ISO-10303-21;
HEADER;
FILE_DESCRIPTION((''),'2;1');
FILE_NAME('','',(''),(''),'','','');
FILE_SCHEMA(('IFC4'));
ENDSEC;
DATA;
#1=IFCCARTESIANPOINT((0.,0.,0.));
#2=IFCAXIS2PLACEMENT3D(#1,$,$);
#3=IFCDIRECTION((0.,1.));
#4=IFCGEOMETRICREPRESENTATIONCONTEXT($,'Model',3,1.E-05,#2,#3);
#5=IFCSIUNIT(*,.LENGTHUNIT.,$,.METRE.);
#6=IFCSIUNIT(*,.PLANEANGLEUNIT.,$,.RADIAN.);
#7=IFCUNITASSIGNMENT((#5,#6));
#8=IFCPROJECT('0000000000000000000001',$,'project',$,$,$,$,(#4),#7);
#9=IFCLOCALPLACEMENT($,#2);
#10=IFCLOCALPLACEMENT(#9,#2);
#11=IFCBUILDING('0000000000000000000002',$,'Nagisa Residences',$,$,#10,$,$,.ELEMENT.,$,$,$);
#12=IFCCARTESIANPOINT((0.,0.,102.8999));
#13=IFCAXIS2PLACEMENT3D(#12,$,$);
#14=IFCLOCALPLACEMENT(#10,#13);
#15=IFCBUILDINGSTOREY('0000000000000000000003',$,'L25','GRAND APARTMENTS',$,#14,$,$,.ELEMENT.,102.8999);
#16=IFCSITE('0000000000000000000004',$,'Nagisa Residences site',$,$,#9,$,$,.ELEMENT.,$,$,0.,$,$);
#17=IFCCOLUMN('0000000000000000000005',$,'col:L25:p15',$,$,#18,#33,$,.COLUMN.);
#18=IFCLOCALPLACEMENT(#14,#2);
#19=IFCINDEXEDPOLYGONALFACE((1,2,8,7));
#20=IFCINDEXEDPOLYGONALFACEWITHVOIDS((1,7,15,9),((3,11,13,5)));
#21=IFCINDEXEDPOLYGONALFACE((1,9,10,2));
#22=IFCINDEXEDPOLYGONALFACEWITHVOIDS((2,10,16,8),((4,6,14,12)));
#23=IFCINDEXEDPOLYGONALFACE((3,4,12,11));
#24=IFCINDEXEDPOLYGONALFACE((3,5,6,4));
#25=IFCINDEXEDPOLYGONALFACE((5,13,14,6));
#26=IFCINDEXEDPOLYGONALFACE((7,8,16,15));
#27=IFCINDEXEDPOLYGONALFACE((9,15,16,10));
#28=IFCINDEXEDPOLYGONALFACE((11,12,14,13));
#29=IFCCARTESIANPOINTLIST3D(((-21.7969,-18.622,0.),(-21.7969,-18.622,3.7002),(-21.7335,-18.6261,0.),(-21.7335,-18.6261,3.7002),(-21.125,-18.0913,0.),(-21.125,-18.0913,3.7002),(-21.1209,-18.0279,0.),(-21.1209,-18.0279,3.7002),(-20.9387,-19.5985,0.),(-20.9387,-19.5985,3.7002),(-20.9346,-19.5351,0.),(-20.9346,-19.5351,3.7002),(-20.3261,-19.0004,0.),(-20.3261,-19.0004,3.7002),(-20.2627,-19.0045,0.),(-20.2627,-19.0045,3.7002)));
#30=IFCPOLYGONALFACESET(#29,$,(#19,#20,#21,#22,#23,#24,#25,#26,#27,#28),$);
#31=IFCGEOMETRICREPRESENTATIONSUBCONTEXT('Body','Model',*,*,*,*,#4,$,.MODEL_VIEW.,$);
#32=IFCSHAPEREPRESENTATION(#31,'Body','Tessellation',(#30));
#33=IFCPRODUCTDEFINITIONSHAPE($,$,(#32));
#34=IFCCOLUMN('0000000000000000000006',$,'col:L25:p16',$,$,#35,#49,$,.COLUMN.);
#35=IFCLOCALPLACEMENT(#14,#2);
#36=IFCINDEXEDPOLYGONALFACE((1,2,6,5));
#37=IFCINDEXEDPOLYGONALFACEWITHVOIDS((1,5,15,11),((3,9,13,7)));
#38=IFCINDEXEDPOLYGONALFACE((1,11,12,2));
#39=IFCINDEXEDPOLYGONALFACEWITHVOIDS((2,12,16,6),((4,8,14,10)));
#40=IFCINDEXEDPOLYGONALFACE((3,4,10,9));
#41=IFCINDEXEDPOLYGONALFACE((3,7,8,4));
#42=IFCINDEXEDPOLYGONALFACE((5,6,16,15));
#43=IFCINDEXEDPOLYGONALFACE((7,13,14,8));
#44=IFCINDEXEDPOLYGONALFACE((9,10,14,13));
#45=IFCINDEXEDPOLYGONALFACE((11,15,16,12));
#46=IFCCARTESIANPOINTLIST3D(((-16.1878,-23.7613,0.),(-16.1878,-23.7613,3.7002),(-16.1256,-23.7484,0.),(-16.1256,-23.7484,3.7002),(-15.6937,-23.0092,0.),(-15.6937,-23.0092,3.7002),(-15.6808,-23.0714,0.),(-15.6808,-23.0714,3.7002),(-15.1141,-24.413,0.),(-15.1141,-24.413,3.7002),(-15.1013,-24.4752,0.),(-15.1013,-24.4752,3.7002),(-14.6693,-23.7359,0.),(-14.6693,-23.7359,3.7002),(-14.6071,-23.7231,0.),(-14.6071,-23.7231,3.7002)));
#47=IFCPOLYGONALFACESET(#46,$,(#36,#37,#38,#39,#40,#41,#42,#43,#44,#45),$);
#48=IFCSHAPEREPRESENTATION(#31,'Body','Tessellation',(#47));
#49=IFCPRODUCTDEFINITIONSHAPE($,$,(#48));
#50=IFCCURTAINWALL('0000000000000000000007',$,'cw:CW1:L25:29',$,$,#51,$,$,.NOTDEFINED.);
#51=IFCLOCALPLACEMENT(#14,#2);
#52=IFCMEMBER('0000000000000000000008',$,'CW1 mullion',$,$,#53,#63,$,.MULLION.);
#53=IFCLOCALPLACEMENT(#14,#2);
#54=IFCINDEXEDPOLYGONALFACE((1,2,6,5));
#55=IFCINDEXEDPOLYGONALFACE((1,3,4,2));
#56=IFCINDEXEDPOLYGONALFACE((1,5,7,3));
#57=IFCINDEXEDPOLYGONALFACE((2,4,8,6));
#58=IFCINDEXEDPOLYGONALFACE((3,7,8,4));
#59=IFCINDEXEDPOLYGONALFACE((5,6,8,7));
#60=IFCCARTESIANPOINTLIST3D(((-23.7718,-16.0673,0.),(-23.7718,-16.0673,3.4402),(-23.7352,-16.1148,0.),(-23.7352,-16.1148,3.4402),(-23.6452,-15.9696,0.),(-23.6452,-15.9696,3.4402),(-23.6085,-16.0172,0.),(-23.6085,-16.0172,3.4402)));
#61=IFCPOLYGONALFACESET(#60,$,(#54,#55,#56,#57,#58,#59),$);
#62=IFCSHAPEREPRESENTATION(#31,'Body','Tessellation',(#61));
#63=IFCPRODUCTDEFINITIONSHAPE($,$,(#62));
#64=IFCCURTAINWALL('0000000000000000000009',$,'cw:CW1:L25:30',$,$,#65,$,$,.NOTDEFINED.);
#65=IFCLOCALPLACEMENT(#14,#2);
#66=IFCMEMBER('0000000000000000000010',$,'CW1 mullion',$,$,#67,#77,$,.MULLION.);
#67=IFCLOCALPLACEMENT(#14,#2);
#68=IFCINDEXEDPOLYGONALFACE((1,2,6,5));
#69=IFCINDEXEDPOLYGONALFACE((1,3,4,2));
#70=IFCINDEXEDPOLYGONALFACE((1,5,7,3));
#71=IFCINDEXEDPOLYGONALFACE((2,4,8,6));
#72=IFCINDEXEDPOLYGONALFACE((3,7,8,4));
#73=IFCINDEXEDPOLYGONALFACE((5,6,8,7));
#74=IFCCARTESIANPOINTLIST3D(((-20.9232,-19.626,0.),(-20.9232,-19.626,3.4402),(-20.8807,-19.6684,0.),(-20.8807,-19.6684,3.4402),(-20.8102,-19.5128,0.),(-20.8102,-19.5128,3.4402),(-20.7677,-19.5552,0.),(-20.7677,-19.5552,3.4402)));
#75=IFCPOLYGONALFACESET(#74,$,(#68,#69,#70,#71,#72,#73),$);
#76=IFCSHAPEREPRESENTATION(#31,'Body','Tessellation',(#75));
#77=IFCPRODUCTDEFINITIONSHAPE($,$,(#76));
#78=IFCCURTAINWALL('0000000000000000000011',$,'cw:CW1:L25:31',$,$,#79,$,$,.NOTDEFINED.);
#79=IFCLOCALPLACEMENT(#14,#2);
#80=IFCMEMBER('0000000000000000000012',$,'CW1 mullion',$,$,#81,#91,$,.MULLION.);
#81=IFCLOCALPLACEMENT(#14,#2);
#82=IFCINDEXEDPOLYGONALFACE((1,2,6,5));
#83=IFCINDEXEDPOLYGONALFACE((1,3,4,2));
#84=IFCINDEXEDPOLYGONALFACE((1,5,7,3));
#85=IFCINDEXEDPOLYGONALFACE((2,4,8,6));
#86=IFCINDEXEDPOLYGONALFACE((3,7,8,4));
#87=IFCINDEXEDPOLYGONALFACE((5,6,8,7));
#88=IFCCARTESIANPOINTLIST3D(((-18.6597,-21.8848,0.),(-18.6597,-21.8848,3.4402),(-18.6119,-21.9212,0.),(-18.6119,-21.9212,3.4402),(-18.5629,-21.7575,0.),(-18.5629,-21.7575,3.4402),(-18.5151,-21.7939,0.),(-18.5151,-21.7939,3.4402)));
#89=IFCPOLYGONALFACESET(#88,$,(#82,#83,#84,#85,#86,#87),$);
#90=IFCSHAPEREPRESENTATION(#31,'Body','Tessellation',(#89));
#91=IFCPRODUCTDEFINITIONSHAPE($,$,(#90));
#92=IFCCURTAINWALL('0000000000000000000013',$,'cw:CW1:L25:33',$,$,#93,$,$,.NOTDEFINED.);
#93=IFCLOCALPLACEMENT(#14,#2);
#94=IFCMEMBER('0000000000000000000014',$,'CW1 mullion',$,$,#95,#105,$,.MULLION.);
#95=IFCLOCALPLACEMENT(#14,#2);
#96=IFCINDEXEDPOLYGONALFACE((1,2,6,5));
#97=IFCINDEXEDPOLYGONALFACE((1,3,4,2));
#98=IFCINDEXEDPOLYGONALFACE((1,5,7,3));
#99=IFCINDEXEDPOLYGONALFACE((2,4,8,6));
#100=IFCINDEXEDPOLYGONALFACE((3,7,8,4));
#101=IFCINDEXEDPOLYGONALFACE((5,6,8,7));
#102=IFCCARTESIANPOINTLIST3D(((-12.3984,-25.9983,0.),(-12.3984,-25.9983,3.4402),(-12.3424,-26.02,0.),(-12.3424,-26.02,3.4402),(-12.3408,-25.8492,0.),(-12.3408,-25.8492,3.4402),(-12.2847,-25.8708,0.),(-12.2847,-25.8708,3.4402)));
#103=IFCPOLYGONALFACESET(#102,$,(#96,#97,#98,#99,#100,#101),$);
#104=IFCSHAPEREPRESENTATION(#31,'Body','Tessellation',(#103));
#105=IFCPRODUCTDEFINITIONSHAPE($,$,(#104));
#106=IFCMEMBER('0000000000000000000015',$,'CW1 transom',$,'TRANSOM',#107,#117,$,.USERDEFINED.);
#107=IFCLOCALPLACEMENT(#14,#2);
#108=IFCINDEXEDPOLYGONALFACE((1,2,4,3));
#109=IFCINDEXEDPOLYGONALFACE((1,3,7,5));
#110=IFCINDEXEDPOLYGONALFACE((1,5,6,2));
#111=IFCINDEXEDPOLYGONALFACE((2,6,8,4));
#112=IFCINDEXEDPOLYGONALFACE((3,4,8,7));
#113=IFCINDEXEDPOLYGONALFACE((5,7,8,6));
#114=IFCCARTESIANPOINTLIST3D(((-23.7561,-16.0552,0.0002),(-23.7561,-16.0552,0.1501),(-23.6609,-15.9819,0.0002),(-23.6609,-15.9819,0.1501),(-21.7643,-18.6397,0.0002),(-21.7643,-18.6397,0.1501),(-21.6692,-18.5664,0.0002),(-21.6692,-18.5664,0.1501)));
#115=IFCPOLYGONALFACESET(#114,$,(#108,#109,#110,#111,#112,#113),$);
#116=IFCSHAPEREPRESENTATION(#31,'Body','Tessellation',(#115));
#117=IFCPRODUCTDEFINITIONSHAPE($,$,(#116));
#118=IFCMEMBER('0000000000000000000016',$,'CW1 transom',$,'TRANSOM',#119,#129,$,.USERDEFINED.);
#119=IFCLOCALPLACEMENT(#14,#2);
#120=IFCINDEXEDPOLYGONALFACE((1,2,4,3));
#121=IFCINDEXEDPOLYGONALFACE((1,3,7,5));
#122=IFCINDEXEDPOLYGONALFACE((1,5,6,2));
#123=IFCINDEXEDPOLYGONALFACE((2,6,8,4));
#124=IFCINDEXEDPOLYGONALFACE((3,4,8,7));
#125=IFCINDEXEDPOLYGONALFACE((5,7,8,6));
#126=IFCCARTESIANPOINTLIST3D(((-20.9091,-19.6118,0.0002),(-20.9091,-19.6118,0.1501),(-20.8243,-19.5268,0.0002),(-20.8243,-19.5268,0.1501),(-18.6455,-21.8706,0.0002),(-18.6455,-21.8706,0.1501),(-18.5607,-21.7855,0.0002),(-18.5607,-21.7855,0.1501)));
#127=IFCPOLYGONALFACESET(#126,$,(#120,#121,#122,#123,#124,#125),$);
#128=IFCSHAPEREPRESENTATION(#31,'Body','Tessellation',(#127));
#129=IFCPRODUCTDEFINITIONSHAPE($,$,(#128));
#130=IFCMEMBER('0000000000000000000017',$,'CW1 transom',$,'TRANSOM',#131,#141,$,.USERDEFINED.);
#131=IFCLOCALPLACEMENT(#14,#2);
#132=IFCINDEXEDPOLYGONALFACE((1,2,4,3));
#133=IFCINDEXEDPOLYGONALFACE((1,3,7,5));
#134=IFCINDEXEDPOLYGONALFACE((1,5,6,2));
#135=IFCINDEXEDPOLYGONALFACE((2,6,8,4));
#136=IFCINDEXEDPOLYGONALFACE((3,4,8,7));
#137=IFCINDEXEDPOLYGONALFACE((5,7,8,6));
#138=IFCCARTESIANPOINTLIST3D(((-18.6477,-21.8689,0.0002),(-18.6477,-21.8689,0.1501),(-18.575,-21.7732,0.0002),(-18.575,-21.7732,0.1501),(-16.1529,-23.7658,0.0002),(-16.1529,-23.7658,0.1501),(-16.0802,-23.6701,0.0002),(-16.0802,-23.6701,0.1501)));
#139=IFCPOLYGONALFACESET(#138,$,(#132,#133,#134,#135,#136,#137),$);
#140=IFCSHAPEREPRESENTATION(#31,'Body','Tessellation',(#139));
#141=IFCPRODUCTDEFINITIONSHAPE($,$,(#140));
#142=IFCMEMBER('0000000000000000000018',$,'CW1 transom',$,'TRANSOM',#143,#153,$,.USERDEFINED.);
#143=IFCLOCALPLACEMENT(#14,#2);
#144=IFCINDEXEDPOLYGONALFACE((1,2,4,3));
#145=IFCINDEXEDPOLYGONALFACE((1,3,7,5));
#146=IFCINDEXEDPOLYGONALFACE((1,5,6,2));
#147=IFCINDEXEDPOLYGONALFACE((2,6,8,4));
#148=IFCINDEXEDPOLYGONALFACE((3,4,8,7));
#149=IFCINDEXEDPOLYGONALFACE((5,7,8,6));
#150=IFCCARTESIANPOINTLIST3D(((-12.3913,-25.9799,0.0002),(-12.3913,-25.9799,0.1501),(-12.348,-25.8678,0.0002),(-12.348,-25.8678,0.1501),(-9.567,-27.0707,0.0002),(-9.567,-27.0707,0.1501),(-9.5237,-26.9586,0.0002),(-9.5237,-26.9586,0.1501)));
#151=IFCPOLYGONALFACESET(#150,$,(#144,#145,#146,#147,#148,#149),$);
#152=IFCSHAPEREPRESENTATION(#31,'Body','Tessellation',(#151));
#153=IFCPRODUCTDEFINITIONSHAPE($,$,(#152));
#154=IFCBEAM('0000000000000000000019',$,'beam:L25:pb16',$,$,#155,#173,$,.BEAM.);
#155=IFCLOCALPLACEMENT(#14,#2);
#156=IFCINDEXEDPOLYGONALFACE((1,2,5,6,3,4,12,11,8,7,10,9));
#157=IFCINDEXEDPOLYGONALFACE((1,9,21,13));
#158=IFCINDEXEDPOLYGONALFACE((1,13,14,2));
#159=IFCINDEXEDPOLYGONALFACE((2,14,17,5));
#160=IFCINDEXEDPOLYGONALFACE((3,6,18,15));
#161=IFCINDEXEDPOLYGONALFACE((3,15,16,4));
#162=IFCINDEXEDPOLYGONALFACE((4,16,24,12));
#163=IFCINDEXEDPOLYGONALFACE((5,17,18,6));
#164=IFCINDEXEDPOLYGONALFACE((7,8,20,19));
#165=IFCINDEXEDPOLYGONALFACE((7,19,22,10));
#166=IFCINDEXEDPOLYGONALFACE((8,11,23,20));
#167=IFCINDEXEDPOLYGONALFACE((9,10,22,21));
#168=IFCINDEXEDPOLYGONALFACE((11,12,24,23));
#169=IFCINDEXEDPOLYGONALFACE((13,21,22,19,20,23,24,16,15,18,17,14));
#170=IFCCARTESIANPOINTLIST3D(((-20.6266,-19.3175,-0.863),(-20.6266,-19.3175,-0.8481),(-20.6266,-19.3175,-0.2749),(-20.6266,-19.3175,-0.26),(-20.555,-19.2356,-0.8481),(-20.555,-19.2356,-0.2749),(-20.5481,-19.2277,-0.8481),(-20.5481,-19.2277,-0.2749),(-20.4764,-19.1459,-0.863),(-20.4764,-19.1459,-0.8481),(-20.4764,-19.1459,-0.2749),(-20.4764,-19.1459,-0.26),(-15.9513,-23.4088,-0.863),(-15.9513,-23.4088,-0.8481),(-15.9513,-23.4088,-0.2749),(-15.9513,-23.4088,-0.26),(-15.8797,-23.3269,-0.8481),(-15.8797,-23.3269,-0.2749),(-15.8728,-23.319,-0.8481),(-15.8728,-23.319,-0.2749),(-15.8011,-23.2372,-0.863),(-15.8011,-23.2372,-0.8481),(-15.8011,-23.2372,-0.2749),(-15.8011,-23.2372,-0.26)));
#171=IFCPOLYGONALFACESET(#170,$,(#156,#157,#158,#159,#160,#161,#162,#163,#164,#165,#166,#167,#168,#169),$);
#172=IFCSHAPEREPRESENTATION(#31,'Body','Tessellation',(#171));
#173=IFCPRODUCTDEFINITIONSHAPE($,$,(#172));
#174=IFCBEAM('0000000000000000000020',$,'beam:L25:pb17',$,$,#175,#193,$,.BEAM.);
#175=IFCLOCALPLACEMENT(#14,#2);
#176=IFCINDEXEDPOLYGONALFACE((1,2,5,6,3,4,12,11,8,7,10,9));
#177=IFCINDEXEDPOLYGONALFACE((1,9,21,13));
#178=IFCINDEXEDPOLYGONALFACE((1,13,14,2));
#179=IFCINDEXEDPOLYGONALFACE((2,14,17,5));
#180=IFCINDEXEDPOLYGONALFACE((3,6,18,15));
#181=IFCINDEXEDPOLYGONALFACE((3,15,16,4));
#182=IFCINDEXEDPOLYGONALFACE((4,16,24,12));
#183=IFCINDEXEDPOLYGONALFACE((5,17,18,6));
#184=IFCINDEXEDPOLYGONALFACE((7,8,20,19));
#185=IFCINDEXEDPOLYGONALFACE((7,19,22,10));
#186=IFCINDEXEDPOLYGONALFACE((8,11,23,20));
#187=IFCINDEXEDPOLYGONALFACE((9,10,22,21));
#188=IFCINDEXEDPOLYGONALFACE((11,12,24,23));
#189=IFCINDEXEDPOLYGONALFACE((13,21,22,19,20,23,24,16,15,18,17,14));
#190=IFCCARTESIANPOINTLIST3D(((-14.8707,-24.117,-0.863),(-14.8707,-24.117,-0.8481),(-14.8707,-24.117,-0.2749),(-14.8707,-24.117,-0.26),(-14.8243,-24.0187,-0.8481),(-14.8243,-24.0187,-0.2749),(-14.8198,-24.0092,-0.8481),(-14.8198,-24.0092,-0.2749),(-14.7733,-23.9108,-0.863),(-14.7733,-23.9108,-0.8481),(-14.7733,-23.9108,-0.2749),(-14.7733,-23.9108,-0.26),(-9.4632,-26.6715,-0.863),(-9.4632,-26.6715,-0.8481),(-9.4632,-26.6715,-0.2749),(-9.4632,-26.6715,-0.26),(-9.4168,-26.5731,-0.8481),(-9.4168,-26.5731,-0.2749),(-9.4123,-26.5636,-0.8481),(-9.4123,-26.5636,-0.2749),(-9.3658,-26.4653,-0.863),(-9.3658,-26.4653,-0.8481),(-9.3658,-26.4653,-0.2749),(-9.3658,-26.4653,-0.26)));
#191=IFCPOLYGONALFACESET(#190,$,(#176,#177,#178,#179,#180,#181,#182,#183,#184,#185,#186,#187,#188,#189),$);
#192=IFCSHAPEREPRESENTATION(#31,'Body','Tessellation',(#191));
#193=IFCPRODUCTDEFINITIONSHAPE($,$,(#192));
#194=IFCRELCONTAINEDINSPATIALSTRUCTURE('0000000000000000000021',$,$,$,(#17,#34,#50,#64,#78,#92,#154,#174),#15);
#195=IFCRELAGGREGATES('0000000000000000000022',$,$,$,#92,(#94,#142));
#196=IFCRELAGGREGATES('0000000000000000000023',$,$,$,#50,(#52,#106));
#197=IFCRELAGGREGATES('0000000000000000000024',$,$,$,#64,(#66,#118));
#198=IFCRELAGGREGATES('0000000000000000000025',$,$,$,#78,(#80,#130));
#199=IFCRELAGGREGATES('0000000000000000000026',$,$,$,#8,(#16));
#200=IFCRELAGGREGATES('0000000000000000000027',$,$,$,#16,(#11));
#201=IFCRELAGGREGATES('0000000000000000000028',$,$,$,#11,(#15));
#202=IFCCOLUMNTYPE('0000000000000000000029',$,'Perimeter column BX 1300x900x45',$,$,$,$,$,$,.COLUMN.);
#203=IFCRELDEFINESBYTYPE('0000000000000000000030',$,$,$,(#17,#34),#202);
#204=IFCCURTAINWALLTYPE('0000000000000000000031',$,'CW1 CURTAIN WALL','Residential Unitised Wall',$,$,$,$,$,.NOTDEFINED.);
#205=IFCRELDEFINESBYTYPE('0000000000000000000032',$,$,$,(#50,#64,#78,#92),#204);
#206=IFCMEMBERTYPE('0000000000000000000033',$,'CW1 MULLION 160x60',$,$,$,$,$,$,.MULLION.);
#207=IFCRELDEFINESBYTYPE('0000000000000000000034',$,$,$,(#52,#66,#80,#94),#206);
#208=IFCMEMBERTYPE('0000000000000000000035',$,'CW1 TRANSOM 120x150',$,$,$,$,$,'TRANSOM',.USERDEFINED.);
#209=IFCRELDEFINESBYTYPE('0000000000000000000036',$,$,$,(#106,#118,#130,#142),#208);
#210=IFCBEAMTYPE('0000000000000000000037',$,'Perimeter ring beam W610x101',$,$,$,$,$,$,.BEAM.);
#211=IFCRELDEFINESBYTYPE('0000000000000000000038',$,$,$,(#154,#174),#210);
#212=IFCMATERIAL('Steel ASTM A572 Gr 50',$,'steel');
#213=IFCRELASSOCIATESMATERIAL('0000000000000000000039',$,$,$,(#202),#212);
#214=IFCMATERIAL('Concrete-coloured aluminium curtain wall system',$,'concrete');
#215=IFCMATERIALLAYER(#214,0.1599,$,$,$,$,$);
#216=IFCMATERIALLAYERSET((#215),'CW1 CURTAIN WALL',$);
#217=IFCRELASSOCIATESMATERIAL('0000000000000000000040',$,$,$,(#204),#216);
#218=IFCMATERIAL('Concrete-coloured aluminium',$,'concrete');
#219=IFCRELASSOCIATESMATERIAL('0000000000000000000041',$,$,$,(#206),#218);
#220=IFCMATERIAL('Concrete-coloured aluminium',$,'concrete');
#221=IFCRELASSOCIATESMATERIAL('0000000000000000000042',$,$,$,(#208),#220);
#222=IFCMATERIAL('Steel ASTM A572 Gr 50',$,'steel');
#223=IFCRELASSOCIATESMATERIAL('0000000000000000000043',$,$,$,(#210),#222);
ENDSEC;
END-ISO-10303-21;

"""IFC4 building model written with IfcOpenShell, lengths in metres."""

from ifc_helpers import new_model, si_unit, direction, frame, origin, origin_2d, place, context, subcontext, project, spatial, rectangle, hollow_rectangle, i_section, extrude, material, layer, layer_set, material_profile, profile_set, type_object, element, aggregate, save


model = new_model("IFC4")

# Units and contexts
model_context = context("Model", 3, precision=1e-05, world=origin(), true_north=direction((0.0, 1.0)))
body_context = subcontext(model_context, "Body", "Model", "MODEL_VIEW")
ifc_project = project(units=[si_unit("LENGTHUNIT", "METRE"), si_unit("PLANEANGLEUNIT", "RADIAN")], contexts=[model_context])

# Site, building, storey
site_placement = place(None, origin())
site = spatial("IfcSite", under=ifc_project, at=site_placement, Name="Nagisa Residences site", CompositionType="ELEMENT", RefElevation=0.0)
building_placement = place(site_placement, origin())
building = spatial("IfcBuilding", under=site, at=building_placement, Name="Nagisa Residences", CompositionType="ELEMENT")
storey_placement = place(building_placement, frame((0.0, 0.0, 102.8999)))
storey = spatial("IfcBuildingStorey", under=building, at=storey_placement, Name="L25", Description="GRAND APARTMENTS", CompositionType="ELEMENT", Elevation=102.8999)

# Columns
ifc_material_1 = material(Name="Steel ASTM A572 Gr 50", Category="steel")
ifc_material_profile_1 = material_profile(ifc_material_1, hollow_rectangle(XDim=1.3, YDim=0.8999, WallThickness=0.0449, at=origin_2d()), Name="BX 1300x900x45")
ifc_profile_set_1 = profile_set([ifc_material_profile_1], Name="Steel ASTM A572 Gr 50")
column_type = type_object("IfcColumnType", Name="Perimeter column BX 1300x900x45", PredefinedType="COLUMN", material=ifc_profile_set_1)
for number, where, z_axis, x_axis, name in (
    (1, (-21.0298, -18.8132, 0.0), (0.0, 0.0, 1.0), (0.660115, -0.751165, 0.0), "col:L25:p15"),
    (2, (-15.3975, -23.7422, 0.0), (0.0, 0.0, 1.0), (0.835766, -0.549086, 0.0), "col:L25:p16"),
):
    element("IfcColumn", number, at=place(storey_placement, frame(where, z_axis=z_axis, x_axis=x_axis)), inside=storey, type_object=column_type, Name=name, PredefinedType="COLUMN", context=body_context, shape_type="SweptSolid", body=[
        extrude(hollow_rectangle(XDim=1.3, YDim=0.8999, WallThickness=0.0449, at=origin_2d()), origin(), (0.0, 0.0, 1.0), 3.7002),
    ])

# Curtain walls, members
ifc_material_2 = material(Name="Concrete-coloured aluminium curtain wall system", Category="concrete")
ifc_layer_1 = layer(ifc_material_2, 0.1599)
ifc_layer_set_1 = layer_set([ifc_layer_1], Name="CW1 CURTAIN WALL")
curtain_wall_type = type_object("IfcCurtainWallType", Name="CW1 CURTAIN WALL", Description="Residential Unitised Wall", PredefinedType="NOTDEFINED", material=ifc_layer_set_1)
curtain_wall_1_placement = place(storey_placement, origin())
curtain_wall_1 = element("IfcCurtainWall", 3, at=curtain_wall_1_placement, inside=storey, type_object=curtain_wall_type, Name="cw:CW1:L25:29", PredefinedType="NOTDEFINED")
ifc_material_3 = material(Name="Concrete-coloured aluminium", Category="concrete")
ifc_material_profile_2 = material_profile(ifc_material_3, rectangle(XDim=0.1599, YDim=0.0601, at=origin_2d()), Name="CW1 MULLION 160x60")
ifc_profile_set_2 = profile_set([ifc_material_profile_2], Name="Concrete-coloured aluminium")
member_type_1 = type_object("IfcMemberType", Name="CW1 MULLION 160x60", PredefinedType="MULLION", material=ifc_profile_set_2)
member_1_placement = place(storey_placement, frame((-23.6902, -16.0422, 0.0), z_axis=(0.0, 0.0, 1.0), x_axis=(0.79207, 0.61043, 0.0)))
member_1 = element("IfcMember", 4, at=member_1_placement, type_object=member_type_1, Name="CW1 mullion", PredefinedType="MULLION", context=body_context, shape_type="SweptSolid", body=[
    extrude(rectangle(XDim=0.1599, YDim=0.0601, at=origin_2d()), origin(), (0.0, 0.0, 1.0), 3.4402),
])
curtain_wall_2_placement = place(storey_placement, origin())
curtain_wall_2 = element("IfcCurtainWall", 5, at=curtain_wall_2_placement, inside=storey, type_object=curtain_wall_type, Name="cw:CW1:L25:30", PredefinedType="NOTDEFINED")
member_2_placement = place(storey_placement, frame((-20.8455, -19.5906, 0.0), z_axis=(0.0, 0.0, 1.0), x_axis=(0.706377, 0.707836, 0.0)))
member_2 = element("IfcMember", 6, at=member_2_placement, type_object=member_type_1, Name="CW1 mullion", PredefinedType="MULLION", context=body_context, shape_type="SweptSolid", body=[
    extrude(rectangle(XDim=0.1599, YDim=0.0601, at=origin_2d()), origin(), (0.0, 0.0, 1.0), 3.4402),
])
curtain_wall_3_placement = place(storey_placement, origin())
curtain_wall_3 = element("IfcCurtainWall", 7, at=curtain_wall_3_placement, inside=storey, type_object=curtain_wall_type, Name="cw:CW1:L25:31", PredefinedType="NOTDEFINED")
member_3_placement = place(storey_placement, frame((-18.5874, -21.8394, 0.0), z_axis=(0.0, 0.0, 1.0), x_axis=(0.605255, 0.796031, 0.0)))
member_3 = element("IfcMember", 8, at=member_3_placement, type_object=member_type_1, Name="CW1 mullion", PredefinedType="MULLION", context=body_context, shape_type="SweptSolid", body=[
    extrude(rectangle(XDim=0.1599, YDim=0.0601, at=origin_2d()), origin(), (0.0, 0.0, 1.0), 3.4402),
])
curtain_wall_4_placement = place(storey_placement, origin())
curtain_wall_4 = element("IfcCurtainWall", 9, at=curtain_wall_4_placement, inside=storey, type_object=curtain_wall_type, Name="cw:CW1:L25:33", PredefinedType="NOTDEFINED")
member_4_placement = place(storey_placement, frame((-12.3416, -25.9346, 0.0), z_axis=(0.0, 0.0, 1.0), x_axis=(0.360328, 0.932826, 0.0)))
member_4 = element("IfcMember", 10, at=member_4_placement, type_object=member_type_1, Name="CW1 mullion", PredefinedType="MULLION", context=body_context, shape_type="SweptSolid", body=[
    extrude(rectangle(XDim=0.1599, YDim=0.0601, at=origin_2d()), origin(), (0.0, 0.0, 1.0), 3.4402),
])

# Members
ifc_material_4 = material(Name="Concrete-coloured aluminium", Category="concrete")
ifc_material_profile_3 = material_profile(ifc_material_4, rectangle(XDim=0.1201, YDim=0.1499, at=origin_2d()), Name="CW1 TRANSOM 120x150")
ifc_profile_set_3 = profile_set([ifc_material_profile_3], Name="Concrete-coloured aluminium")
member_type_2 = type_object("IfcMemberType", Name="CW1 TRANSOM 120x150", ElementType="TRANSOM", PredefinedType="USERDEFINED", material=ifc_profile_set_3)
member_5_placement = place(storey_placement, frame((-23.7085, -16.0186, 0.0752), z_axis=(0.610412, -0.792084, 0.0), x_axis=(0.792084, 0.610412, 0.0)))
member_5 = element("IfcMember", 11, at=member_5_placement, type_object=member_type_2, Name="CW1 transom", ObjectType="TRANSOM", PredefinedType="USERDEFINED", context=body_context, shape_type="SweptSolid", body=[
    extrude(rectangle(XDim=0.1201, YDim=0.1499, at=origin_2d()), origin(), (0.0, 0.0, 1.0), 3.2629),
])
member_6_placement = place(storey_placement, frame((-20.8667, -19.5693, 0.0752), z_axis=(0.70787, -0.706343, 0.0), x_axis=(0.706343, 0.70787, 0.0)))
member_6 = element("IfcMember", 12, at=member_6_placement, type_object=member_type_2, Name="CW1 transom", ObjectType="TRANSOM", PredefinedType="USERDEFINED", context=body_context, shape_type="SweptSolid", body=[
    extrude(rectangle(XDim=0.1201, YDim=0.1499, at=origin_2d()), origin(), (0.0, 0.0, 1.0), 3.1978),
])
member_7_placement = place(storey_placement, frame((-18.6113, -21.821, 0.0752), z_axis=(0.796029, -0.605259, 0.0), x_axis=(0.605259, 0.796029, 0.0)))
member_7 = element("IfcMember", 13, at=member_7_placement, type_object=member_type_2, Name="CW1 transom", ObjectType="TRANSOM", PredefinedType="USERDEFINED", context=body_context, shape_type="SweptSolid", body=[
    extrude(rectangle(XDim=0.1201, YDim=0.1499, at=origin_2d()), origin(), (0.0, 0.0, 1.0), 3.134),
])
member_8_placement = place(storey_placement, frame((-12.3696, -25.9238, 0.0752), z_axis=(0.932838, -0.360297, 0.0), x_axis=(0.360297, 0.932838, 0.0)))
member_8 = element("IfcMember", 14, at=member_8_placement, type_object=member_type_2, Name="CW1 transom", ObjectType="TRANSOM", PredefinedType="USERDEFINED", context=body_context, shape_type="SweptSolid", body=[
    extrude(rectangle(XDim=0.1201, YDim=0.1499, at=origin_2d()), origin(), (0.0, 0.0, 1.0), 3.0276),
])
aggregate(curtain_wall_4, [member_4, member_8])

# Beams
ifc_material_5 = material(Name="Steel ASTM A572 Gr 50", Category="steel")
ifc_material_profile_4 = material_profile(ifc_material_5, i_section(OverallWidth=0.228, OverallDepth=0.603, WebThickness=0.0105, FlangeThickness=0.0149, at=origin_2d()), Name="W610x101")
ifc_profile_set_4 = profile_set([ifc_material_profile_4], Name="Steel ASTM A572 Gr 50")
beam_type_1 = type_object("IfcBeamType", Name="Perimeter ring beam W610x101", PredefinedType="BEAM", material=ifc_profile_set_4)
beam_1_placement = place(storey_placement, frame((-20.5515, -19.2317, -0.5615), z_axis=(0.752543, -0.658544, 0.0), x_axis=(0.658544, 0.752543, 0.0)))
element("IfcBeam", 15, at=beam_1_placement, inside=storey, type_object=beam_type_1, Name="beam:L25:pb16", PredefinedType="BEAM", context=body_context, shape_type="SweptSolid", body=[
    extrude(i_section(OverallWidth=0.228, OverallDepth=0.603, WebThickness=0.0105, FlangeThickness=0.0149, at=origin_2d()), origin(), (0.0, 0.0, 1.0), 6.2126),
])
beam_2_placement = place(storey_placement, frame((-14.822, -24.0139, -0.5615), z_axis=(0.90419, -0.427131, 0.0), x_axis=(0.427131, 0.90419, 0.0)))
element("IfcBeam", 16, at=beam_2_placement, inside=storey, type_object=beam_type_1, Name="beam:L25:pb17", PredefinedType="BEAM", context=body_context, shape_type="SweptSolid", body=[
    extrude(i_section(OverallWidth=0.228, OverallDepth=0.603, WebThickness=0.0105, FlangeThickness=0.0149, at=origin_2d()), origin(), (0.0, 0.0, 1.0), 5.9805),
])

aggregate(curtain_wall_1, [member_1, member_5])
aggregate(curtain_wall_2, [member_2, member_6])
aggregate(curtain_wall_3, [member_3, member_7])

save(model, "model.ifc")
